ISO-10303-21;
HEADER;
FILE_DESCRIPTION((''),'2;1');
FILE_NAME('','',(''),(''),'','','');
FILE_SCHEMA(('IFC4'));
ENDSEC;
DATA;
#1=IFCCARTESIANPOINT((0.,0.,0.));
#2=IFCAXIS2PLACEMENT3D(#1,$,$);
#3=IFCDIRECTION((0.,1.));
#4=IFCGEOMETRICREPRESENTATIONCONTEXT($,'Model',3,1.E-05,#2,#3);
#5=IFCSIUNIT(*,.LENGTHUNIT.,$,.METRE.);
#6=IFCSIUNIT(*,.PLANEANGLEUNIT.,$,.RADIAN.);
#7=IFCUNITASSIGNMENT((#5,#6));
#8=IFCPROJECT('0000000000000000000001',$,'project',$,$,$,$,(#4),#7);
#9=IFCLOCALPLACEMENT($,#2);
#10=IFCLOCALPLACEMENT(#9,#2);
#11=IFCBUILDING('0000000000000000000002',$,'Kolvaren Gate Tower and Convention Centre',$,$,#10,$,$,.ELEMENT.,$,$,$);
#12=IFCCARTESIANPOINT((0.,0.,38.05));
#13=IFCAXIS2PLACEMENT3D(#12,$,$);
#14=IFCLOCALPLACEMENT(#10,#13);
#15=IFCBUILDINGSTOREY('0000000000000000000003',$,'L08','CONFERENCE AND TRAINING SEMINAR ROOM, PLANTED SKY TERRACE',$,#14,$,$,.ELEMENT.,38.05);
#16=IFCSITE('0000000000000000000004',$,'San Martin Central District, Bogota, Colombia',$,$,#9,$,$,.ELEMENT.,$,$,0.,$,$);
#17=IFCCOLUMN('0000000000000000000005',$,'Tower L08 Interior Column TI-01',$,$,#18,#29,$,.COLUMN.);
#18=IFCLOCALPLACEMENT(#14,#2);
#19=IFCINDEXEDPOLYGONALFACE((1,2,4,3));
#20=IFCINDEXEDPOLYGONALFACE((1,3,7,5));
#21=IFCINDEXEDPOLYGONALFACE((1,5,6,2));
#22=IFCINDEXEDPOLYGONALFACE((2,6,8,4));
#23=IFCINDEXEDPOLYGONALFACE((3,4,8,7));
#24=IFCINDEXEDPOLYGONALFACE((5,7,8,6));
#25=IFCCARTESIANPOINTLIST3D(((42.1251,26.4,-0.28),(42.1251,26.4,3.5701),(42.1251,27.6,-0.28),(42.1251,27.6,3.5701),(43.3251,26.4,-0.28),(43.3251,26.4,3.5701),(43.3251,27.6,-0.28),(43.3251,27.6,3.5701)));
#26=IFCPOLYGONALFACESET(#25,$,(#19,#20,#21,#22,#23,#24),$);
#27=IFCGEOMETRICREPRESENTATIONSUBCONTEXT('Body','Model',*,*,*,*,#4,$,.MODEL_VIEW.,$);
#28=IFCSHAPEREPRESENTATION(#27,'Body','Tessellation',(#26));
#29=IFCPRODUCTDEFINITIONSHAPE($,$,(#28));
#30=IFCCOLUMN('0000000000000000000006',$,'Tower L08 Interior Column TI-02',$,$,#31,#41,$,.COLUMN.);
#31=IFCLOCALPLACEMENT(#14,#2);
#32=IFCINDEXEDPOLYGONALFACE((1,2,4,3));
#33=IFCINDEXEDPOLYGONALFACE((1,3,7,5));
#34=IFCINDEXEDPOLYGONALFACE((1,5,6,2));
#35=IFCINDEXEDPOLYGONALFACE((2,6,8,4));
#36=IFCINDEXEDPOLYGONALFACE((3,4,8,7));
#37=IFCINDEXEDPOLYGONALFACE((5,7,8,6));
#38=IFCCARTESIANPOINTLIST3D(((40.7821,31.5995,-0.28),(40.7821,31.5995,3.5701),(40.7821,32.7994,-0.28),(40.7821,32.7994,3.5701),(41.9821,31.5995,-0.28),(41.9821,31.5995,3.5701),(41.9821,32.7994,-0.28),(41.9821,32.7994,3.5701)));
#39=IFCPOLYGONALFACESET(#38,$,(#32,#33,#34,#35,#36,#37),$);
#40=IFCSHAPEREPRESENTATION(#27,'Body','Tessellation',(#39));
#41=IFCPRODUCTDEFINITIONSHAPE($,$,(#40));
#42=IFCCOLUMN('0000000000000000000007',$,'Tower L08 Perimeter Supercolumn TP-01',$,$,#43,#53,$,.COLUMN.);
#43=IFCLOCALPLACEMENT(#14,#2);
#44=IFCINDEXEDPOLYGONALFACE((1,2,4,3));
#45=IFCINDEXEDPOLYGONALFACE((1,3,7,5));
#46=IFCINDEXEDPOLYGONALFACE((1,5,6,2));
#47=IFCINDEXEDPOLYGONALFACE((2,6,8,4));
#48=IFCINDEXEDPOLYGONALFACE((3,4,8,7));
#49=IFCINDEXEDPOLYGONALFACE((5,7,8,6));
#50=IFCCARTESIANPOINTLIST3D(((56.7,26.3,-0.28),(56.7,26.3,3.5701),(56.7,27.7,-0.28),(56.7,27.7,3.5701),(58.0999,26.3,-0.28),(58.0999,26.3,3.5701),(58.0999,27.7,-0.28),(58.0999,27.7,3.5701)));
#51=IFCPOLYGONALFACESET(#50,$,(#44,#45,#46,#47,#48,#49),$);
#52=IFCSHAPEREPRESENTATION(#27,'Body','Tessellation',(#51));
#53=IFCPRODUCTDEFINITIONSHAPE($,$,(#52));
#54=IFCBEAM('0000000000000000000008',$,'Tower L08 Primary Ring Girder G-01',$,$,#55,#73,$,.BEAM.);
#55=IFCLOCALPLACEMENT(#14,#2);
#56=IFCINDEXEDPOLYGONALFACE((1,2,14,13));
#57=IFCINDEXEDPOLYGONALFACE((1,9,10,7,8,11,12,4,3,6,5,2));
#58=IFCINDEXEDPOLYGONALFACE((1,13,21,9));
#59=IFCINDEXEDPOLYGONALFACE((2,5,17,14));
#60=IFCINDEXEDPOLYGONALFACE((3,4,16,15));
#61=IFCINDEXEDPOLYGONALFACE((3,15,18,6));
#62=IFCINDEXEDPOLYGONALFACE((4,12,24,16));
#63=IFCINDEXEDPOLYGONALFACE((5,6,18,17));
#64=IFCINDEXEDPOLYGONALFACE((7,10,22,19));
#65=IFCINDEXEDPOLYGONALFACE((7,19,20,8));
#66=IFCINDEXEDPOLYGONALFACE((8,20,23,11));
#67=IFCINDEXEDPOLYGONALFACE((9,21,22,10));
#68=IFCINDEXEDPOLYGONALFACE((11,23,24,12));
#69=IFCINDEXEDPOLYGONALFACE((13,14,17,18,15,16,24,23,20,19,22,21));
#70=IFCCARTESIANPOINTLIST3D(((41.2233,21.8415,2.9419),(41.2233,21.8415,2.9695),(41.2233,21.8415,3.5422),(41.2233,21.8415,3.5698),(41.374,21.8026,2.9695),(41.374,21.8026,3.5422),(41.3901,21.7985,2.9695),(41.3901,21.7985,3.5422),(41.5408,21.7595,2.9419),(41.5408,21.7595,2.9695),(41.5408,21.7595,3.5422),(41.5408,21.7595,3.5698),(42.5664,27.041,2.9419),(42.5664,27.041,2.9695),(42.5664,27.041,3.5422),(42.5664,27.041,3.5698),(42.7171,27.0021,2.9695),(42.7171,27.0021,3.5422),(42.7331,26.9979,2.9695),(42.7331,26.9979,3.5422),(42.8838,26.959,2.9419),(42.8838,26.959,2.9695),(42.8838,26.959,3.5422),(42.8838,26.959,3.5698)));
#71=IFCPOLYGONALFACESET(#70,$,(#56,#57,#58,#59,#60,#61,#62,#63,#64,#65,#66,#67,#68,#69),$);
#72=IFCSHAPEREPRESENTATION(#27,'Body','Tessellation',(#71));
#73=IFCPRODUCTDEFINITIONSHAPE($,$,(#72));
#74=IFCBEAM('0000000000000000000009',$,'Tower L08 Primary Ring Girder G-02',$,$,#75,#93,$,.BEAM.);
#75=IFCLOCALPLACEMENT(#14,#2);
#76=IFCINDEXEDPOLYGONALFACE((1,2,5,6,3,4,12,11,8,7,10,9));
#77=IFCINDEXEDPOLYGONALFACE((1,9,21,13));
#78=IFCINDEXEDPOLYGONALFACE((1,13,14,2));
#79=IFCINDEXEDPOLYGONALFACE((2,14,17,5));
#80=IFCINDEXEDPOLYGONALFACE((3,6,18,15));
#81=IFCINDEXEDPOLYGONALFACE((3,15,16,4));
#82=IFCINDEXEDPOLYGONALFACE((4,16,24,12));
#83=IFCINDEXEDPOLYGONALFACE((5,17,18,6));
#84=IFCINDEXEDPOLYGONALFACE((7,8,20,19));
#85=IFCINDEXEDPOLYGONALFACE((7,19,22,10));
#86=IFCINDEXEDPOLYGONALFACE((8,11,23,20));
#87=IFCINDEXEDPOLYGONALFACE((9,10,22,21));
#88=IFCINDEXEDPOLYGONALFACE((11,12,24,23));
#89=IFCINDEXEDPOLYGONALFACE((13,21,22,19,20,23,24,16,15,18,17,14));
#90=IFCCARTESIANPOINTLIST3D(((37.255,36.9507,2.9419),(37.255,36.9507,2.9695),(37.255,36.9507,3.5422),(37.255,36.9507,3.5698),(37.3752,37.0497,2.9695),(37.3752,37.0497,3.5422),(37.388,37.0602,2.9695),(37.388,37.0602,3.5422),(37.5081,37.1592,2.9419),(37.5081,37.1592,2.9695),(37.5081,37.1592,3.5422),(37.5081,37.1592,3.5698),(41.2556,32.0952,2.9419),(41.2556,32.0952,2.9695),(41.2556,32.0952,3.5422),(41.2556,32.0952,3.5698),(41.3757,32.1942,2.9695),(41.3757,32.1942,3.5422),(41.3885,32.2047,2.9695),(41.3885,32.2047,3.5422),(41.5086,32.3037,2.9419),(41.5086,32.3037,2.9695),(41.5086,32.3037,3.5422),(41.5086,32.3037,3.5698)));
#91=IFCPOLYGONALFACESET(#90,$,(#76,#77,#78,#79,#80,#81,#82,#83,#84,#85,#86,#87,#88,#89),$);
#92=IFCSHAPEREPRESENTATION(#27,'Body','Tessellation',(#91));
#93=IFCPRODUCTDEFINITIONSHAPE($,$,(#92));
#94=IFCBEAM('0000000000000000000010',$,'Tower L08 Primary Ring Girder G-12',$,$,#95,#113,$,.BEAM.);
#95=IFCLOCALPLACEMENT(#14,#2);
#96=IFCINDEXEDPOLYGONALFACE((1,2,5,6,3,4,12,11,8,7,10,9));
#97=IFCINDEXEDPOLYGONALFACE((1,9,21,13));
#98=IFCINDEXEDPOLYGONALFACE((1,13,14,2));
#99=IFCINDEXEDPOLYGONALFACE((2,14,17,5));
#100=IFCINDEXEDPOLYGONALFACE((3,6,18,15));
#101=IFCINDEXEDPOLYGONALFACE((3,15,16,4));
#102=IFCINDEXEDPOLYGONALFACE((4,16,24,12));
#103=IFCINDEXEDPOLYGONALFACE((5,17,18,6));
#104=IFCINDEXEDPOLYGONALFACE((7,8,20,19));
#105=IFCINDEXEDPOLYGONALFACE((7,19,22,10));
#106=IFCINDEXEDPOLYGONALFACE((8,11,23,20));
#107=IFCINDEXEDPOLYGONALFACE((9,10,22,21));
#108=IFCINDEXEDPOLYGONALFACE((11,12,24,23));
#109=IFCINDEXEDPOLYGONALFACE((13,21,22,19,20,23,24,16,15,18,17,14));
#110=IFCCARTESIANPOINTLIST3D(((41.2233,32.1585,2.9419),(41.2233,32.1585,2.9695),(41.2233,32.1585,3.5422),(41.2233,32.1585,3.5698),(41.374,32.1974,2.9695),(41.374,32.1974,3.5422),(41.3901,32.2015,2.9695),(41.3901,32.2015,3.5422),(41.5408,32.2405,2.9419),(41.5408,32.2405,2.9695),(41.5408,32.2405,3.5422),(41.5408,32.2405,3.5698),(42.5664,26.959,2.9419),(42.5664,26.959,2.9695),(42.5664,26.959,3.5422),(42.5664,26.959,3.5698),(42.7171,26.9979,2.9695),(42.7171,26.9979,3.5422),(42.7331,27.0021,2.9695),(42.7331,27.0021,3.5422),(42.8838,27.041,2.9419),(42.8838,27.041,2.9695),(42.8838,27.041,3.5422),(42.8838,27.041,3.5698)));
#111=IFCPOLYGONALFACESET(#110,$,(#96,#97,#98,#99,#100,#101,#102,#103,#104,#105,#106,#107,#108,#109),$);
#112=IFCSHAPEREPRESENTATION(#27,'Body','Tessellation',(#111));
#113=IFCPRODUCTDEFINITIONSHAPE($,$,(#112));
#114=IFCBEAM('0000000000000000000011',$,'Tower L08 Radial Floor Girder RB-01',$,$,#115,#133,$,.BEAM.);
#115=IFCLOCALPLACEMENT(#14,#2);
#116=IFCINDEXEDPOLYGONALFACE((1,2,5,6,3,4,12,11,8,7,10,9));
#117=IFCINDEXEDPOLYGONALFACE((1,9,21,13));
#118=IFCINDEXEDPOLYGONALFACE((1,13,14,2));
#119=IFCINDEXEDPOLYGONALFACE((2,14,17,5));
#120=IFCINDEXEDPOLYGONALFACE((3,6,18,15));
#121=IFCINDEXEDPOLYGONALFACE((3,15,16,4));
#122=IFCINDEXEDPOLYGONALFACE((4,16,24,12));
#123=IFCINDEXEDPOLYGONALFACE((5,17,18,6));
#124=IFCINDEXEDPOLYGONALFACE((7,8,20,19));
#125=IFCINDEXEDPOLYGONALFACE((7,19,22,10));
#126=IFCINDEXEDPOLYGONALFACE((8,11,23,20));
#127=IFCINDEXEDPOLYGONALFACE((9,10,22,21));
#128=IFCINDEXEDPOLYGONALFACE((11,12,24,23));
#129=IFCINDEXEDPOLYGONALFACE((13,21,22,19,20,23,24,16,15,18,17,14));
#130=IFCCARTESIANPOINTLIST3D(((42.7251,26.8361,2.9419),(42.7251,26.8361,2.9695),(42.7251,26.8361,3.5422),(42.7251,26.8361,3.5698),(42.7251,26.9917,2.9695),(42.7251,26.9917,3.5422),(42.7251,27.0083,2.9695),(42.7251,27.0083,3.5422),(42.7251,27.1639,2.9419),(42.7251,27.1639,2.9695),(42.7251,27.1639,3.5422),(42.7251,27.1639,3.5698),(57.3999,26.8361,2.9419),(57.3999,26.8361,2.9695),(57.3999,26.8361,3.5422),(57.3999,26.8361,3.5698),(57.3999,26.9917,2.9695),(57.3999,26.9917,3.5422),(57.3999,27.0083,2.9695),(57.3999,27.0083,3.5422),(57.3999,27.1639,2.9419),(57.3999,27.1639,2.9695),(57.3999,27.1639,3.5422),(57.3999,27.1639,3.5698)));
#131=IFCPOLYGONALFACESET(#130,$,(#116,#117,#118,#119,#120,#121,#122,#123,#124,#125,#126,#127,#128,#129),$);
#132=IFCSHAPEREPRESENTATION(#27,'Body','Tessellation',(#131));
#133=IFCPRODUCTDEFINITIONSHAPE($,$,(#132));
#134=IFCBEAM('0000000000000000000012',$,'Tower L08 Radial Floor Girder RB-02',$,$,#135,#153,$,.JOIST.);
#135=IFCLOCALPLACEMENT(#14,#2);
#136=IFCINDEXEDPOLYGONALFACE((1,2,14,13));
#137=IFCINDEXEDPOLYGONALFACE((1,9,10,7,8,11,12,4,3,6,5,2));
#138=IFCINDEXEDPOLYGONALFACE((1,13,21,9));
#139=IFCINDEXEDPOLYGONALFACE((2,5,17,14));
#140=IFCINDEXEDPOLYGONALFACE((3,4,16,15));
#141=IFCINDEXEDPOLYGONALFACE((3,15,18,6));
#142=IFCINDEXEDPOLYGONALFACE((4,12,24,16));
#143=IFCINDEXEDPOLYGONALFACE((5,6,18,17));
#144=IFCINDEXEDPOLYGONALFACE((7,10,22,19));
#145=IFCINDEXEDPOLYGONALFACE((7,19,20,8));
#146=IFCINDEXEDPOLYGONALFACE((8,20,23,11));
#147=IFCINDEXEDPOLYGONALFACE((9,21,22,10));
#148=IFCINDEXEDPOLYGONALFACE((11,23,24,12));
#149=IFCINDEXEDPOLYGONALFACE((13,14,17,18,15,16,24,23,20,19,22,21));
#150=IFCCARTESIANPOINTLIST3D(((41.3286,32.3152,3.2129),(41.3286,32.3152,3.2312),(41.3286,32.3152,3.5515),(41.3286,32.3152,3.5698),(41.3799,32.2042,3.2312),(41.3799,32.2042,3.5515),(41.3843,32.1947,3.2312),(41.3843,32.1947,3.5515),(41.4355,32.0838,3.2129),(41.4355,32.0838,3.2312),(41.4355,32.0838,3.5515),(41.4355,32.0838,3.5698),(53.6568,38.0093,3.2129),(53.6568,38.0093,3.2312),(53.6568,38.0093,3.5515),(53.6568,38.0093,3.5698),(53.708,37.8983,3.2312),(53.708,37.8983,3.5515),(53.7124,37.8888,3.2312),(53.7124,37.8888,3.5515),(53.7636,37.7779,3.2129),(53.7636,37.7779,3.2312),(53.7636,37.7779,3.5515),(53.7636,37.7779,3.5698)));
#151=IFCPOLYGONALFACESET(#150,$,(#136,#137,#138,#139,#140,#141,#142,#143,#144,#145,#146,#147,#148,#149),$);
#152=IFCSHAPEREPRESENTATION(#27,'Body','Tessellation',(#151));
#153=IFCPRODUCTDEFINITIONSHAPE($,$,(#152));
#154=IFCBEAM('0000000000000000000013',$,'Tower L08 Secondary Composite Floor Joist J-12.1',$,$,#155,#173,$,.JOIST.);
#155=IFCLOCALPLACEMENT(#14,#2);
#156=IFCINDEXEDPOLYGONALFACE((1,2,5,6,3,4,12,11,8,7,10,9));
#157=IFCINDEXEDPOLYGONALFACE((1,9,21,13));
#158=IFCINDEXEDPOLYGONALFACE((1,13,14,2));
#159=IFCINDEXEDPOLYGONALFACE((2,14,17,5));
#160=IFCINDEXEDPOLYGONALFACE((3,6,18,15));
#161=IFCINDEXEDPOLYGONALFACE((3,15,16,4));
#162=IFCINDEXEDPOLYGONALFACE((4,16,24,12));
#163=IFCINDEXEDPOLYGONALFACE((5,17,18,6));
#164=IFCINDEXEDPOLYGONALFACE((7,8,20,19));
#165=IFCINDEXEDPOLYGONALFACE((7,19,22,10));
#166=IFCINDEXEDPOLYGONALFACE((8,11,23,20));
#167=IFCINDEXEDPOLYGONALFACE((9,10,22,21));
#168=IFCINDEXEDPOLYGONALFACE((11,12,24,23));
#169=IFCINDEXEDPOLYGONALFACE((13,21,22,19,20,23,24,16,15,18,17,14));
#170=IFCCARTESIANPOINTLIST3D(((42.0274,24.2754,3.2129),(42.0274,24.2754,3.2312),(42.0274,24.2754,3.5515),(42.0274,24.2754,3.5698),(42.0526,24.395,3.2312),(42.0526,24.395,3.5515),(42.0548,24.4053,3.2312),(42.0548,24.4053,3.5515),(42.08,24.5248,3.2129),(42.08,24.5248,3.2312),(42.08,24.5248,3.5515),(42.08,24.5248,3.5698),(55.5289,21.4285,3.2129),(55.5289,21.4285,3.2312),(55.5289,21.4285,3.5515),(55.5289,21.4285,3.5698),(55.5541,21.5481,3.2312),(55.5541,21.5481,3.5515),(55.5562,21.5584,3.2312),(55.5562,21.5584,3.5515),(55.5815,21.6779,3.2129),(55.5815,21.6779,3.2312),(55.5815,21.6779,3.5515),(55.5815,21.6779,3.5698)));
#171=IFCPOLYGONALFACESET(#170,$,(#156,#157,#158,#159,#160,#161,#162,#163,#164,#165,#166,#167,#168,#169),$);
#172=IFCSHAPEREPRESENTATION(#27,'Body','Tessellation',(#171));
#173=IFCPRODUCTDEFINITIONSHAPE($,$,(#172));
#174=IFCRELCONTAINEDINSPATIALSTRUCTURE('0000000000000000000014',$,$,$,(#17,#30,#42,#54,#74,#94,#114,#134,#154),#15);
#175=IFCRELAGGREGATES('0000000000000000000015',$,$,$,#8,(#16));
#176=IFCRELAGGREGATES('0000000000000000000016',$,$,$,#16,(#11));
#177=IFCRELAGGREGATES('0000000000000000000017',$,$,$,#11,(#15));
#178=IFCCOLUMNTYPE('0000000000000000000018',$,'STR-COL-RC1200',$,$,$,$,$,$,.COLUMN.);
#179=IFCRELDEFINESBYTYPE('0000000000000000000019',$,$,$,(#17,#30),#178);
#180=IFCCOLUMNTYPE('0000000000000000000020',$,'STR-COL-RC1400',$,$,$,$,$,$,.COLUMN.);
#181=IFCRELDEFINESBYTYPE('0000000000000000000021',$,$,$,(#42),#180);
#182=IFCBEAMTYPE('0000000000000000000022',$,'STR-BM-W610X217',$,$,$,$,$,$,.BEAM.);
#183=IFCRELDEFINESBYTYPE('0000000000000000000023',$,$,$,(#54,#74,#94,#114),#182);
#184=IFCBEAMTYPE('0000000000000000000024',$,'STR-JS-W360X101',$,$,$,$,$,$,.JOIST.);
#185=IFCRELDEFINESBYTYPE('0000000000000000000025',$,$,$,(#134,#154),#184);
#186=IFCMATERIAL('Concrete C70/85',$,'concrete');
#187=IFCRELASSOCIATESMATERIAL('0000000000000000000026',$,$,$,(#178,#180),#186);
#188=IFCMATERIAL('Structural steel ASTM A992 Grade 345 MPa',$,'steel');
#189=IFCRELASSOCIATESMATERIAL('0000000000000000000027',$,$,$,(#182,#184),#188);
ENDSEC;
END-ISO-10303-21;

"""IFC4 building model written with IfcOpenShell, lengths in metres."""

from ifc_helpers import new_model, si_unit, direction, frame, origin, origin_2d, place, context, subcontext, project, spatial, rectangle, i_section, extrude, material, material_profile, profile_set, type_object, element, save


model = new_model("IFC4")

# Units and contexts
model_context = context("Model", 3, precision=1e-05, world=origin(), true_north=direction((0.0, 1.0)))
body_context = subcontext(model_context, "Body", "Model", "MODEL_VIEW")
ifc_project = project(units=[si_unit("LENGTHUNIT", "METRE"), si_unit("PLANEANGLEUNIT", "RADIAN")], contexts=[model_context])

# Site, building, storey
site_placement = place(None, origin())
site = spatial("IfcSite", under=ifc_project, at=site_placement, Name="San Martin Central District, Bogota, Colombia", CompositionType="ELEMENT", RefElevation=0.0)
building_placement = place(site_placement, origin())
building = spatial("IfcBuilding", under=site, at=building_placement, Name="Kolvaren Gate Tower and Convention Centre", CompositionType="ELEMENT")
storey_placement = place(building_placement, frame((0.0, 0.0, 38.05)))
storey = spatial("IfcBuildingStorey", under=building, at=storey_placement, Name="L08", Description="CONFERENCE AND TRAINING SEMINAR ROOM, PLANTED SKY TERRACE", CompositionType="ELEMENT", Elevation=38.05)

# Columns
ifc_material_1 = material(Name="Concrete C70/85", Category="concrete")
ifc_material_profile_1 = material_profile(ifc_material_1, rectangle(XDim=1.2, YDim=1.2, at=origin_2d()), Name="RC-COL-1200X1200")
ifc_profile_set_1 = profile_set([ifc_material_profile_1], Name="Concrete C70/85")
column_type_1 = type_object("IfcColumnType", Name="STR-COL-RC1200", PredefinedType="COLUMN", material=ifc_profile_set_1)
for number, where, z_axis, x_axis, name in (
    (1, (42.7251, 27.0, -0.28), (0.0, 0.0, 1.0), (1.0, 0.0, 0.0), "Tower L08 Interior Column TI-01"),
    (2, (41.3821, 32.1995, -0.28), (0.0, 0.0, 1.0), (1.0, 0.0, 0.0), "Tower L08 Interior Column TI-02"),
):
    element("IfcColumn", number, at=place(storey_placement, frame(where, z_axis=z_axis, x_axis=x_axis)), inside=storey, type_object=column_type_1, Name=name, PredefinedType="COLUMN", context=body_context, shape_type="SweptSolid", body=[
        extrude(rectangle(XDim=1.2, YDim=1.2, at=origin_2d()), origin(), (0.0, 0.0, 1.0), 3.8501),
    ])
ifc_material_profile_2 = material_profile(ifc_material_1, rectangle(XDim=1.3999, YDim=1.3999, at=origin_2d()), Name="RC-COL-1400X1400")
ifc_profile_set_2 = profile_set([ifc_material_profile_2], Name="Concrete C70/85")
column_type_2 = type_object("IfcColumnType", Name="STR-COL-RC1400", PredefinedType="COLUMN", material=ifc_profile_set_2)
column_placement = place(storey_placement, frame((57.3999, 27.0, -0.28), z_axis=(0.0, 0.0, 1.0), x_axis=(1.0, 0.0, 0.0)))
element("IfcColumn", 3, at=column_placement, inside=storey, type_object=column_type_2, Name="Tower L08 Perimeter Supercolumn TP-01", PredefinedType="COLUMN", context=body_context, shape_type="SweptSolid", body=[
    extrude(rectangle(XDim=1.3999, YDim=1.3999, at=origin_2d()), origin(), (0.0, 0.0, 1.0), 3.8501),
])

# Beams
ifc_material_2 = material(Name="Structural steel ASTM A992 Grade 345 MPa", Category="steel")
ifc_material_profile_3 = material_profile(ifc_material_2, i_section(OverallWidth=0.3279, OverallDepth=0.6279, WebThickness=0.0166, FlangeThickness=0.0276, at=origin_2d()), Name="W610X217")
ifc_profile_set_3 = profile_set([ifc_material_profile_3], Name="Structural steel ASTM A992 Grade 345 MPa")
beam_type_1 = type_object("IfcBeamType", Name="STR-BM-W610X217", PredefinedType="BEAM", material=ifc_profile_set_3)
beam_1_placement = place(storey_placement, frame((42.7251, 27.0, 3.2559), z_axis=(-0.250091, -0.968222, 0.0), x_axis=(0.968222, -0.250091, 0.0)))
element("IfcBeam", 4, at=beam_1_placement, inside=storey, type_object=beam_type_1, Name="Tower L08 Primary Ring Girder G-01", PredefinedType="BEAM", context=body_context, shape_type="SweptSolid", body=[
    extrude(i_section(OverallWidth=0.3279, OverallDepth=0.6279, WebThickness=0.0166, FlangeThickness=0.0276, at=origin_2d()), origin(), (0.0, 0.0, 1.0), 5.3701),
])
beam_2_placement = place(storey_placement, frame((41.3821, 32.1995, 3.2559), z_axis=(-0.635884, 0.771785, 0.0), x_axis=(-0.771785, -0.635884, 0.0)))
element("IfcBeam", 5, at=beam_2_placement, inside=storey, type_object=beam_type_1, Name="Tower L08 Primary Ring Girder G-02", PredefinedType="BEAM", context=body_context, shape_type="SweptSolid", body=[
    extrude(i_section(OverallWidth=0.3279, OverallDepth=0.6279, WebThickness=0.0166, FlangeThickness=0.0276, at=origin_2d()), origin(), (0.0, 0.0, 1.0), 6.2913),
])
beam_3_placement = place(storey_placement, frame((42.7251, 27.0, 3.2559), z_axis=(-0.250091, 0.968222, 0.0), x_axis=(-0.968222, -0.250091, 0.0)))
element("IfcBeam", 6, at=beam_3_placement, inside=storey, type_object=beam_type_1, Name="Tower L08 Primary Ring Girder G-12", PredefinedType="BEAM", context=body_context, shape_type="SweptSolid", body=[
    extrude(i_section(OverallWidth=0.3279, OverallDepth=0.6279, WebThickness=0.0166, FlangeThickness=0.0276, at=origin_2d()), origin(), (0.0, 0.0, 1.0), 5.3701),
])
beam_4_placement = place(storey_placement, frame((42.7251, 27.0, 3.2559), z_axis=(1.0, 0.0, 0.0), x_axis=(0.0, 1.0, 0.0)))
element("IfcBeam", 7, at=beam_4_placement, inside=storey, type_object=beam_type_1, Name="Tower L08 Radial Floor Girder RB-01", PredefinedType="BEAM", context=body_context, shape_type="SweptSolid", body=[
    extrude(i_section(OverallWidth=0.3279, OverallDepth=0.6279, WebThickness=0.0166, FlangeThickness=0.0276, at=origin_2d()), origin(), (0.0, 0.0, 1.0), 14.6748),
])
ifc_material_profile_4 = material_profile(ifc_material_2, i_section(OverallWidth=0.2549, OverallDepth=0.3569, WebThickness=0.0105, FlangeThickness=0.0183, at=origin_2d()), Name="W360X101")
ifc_profile_set_4 = profile_set([ifc_material_profile_4], Name="Structural steel ASTM A992 Grade 345 MPa")
beam_type_2 = type_object("IfcBeamType", Name="STR-JS-W360X101", PredefinedType="JOIST", material=ifc_profile_set_4)
beam_5_placement = place(storey_placement, frame((41.3821, 32.1995, 3.3914), z_axis=(0.907842, 0.419312, 0.0), x_axis=(-0.419312, 0.907842, 0.0)))
element("IfcBeam", 8, at=beam_5_placement, inside=storey, type_object=beam_type_2, Name="Tower L08 Radial Floor Girder RB-02", PredefinedType="JOIST", context=body_context, shape_type="SweptSolid", body=[
    extrude(i_section(OverallWidth=0.2549, OverallDepth=0.3569, WebThickness=0.0105, FlangeThickness=0.0183, at=origin_2d()), origin(), (0.0, 0.0, 1.0), 13.5796),
])
beam_6_placement = place(storey_placement, frame((42.0537, 24.4001, 3.3914), z_axis=(0.978484, -0.206323, 0.0), x_axis=(0.206323, 0.978484, 0.0)))
element("IfcBeam", 9, at=beam_6_placement, inside=storey, type_object=beam_type_2, Name="Tower L08 Secondary Composite Floor Joist J-12.1", PredefinedType="JOIST", context=body_context, shape_type="SweptSolid", body=[
    extrude(i_section(OverallWidth=0.2549, OverallDepth=0.3569, WebThickness=0.0105, FlangeThickness=0.0183, at=origin_2d()), origin(), (0.0, 0.0, 1.0), 13.7983),
])

save(model, "model.ifc")
